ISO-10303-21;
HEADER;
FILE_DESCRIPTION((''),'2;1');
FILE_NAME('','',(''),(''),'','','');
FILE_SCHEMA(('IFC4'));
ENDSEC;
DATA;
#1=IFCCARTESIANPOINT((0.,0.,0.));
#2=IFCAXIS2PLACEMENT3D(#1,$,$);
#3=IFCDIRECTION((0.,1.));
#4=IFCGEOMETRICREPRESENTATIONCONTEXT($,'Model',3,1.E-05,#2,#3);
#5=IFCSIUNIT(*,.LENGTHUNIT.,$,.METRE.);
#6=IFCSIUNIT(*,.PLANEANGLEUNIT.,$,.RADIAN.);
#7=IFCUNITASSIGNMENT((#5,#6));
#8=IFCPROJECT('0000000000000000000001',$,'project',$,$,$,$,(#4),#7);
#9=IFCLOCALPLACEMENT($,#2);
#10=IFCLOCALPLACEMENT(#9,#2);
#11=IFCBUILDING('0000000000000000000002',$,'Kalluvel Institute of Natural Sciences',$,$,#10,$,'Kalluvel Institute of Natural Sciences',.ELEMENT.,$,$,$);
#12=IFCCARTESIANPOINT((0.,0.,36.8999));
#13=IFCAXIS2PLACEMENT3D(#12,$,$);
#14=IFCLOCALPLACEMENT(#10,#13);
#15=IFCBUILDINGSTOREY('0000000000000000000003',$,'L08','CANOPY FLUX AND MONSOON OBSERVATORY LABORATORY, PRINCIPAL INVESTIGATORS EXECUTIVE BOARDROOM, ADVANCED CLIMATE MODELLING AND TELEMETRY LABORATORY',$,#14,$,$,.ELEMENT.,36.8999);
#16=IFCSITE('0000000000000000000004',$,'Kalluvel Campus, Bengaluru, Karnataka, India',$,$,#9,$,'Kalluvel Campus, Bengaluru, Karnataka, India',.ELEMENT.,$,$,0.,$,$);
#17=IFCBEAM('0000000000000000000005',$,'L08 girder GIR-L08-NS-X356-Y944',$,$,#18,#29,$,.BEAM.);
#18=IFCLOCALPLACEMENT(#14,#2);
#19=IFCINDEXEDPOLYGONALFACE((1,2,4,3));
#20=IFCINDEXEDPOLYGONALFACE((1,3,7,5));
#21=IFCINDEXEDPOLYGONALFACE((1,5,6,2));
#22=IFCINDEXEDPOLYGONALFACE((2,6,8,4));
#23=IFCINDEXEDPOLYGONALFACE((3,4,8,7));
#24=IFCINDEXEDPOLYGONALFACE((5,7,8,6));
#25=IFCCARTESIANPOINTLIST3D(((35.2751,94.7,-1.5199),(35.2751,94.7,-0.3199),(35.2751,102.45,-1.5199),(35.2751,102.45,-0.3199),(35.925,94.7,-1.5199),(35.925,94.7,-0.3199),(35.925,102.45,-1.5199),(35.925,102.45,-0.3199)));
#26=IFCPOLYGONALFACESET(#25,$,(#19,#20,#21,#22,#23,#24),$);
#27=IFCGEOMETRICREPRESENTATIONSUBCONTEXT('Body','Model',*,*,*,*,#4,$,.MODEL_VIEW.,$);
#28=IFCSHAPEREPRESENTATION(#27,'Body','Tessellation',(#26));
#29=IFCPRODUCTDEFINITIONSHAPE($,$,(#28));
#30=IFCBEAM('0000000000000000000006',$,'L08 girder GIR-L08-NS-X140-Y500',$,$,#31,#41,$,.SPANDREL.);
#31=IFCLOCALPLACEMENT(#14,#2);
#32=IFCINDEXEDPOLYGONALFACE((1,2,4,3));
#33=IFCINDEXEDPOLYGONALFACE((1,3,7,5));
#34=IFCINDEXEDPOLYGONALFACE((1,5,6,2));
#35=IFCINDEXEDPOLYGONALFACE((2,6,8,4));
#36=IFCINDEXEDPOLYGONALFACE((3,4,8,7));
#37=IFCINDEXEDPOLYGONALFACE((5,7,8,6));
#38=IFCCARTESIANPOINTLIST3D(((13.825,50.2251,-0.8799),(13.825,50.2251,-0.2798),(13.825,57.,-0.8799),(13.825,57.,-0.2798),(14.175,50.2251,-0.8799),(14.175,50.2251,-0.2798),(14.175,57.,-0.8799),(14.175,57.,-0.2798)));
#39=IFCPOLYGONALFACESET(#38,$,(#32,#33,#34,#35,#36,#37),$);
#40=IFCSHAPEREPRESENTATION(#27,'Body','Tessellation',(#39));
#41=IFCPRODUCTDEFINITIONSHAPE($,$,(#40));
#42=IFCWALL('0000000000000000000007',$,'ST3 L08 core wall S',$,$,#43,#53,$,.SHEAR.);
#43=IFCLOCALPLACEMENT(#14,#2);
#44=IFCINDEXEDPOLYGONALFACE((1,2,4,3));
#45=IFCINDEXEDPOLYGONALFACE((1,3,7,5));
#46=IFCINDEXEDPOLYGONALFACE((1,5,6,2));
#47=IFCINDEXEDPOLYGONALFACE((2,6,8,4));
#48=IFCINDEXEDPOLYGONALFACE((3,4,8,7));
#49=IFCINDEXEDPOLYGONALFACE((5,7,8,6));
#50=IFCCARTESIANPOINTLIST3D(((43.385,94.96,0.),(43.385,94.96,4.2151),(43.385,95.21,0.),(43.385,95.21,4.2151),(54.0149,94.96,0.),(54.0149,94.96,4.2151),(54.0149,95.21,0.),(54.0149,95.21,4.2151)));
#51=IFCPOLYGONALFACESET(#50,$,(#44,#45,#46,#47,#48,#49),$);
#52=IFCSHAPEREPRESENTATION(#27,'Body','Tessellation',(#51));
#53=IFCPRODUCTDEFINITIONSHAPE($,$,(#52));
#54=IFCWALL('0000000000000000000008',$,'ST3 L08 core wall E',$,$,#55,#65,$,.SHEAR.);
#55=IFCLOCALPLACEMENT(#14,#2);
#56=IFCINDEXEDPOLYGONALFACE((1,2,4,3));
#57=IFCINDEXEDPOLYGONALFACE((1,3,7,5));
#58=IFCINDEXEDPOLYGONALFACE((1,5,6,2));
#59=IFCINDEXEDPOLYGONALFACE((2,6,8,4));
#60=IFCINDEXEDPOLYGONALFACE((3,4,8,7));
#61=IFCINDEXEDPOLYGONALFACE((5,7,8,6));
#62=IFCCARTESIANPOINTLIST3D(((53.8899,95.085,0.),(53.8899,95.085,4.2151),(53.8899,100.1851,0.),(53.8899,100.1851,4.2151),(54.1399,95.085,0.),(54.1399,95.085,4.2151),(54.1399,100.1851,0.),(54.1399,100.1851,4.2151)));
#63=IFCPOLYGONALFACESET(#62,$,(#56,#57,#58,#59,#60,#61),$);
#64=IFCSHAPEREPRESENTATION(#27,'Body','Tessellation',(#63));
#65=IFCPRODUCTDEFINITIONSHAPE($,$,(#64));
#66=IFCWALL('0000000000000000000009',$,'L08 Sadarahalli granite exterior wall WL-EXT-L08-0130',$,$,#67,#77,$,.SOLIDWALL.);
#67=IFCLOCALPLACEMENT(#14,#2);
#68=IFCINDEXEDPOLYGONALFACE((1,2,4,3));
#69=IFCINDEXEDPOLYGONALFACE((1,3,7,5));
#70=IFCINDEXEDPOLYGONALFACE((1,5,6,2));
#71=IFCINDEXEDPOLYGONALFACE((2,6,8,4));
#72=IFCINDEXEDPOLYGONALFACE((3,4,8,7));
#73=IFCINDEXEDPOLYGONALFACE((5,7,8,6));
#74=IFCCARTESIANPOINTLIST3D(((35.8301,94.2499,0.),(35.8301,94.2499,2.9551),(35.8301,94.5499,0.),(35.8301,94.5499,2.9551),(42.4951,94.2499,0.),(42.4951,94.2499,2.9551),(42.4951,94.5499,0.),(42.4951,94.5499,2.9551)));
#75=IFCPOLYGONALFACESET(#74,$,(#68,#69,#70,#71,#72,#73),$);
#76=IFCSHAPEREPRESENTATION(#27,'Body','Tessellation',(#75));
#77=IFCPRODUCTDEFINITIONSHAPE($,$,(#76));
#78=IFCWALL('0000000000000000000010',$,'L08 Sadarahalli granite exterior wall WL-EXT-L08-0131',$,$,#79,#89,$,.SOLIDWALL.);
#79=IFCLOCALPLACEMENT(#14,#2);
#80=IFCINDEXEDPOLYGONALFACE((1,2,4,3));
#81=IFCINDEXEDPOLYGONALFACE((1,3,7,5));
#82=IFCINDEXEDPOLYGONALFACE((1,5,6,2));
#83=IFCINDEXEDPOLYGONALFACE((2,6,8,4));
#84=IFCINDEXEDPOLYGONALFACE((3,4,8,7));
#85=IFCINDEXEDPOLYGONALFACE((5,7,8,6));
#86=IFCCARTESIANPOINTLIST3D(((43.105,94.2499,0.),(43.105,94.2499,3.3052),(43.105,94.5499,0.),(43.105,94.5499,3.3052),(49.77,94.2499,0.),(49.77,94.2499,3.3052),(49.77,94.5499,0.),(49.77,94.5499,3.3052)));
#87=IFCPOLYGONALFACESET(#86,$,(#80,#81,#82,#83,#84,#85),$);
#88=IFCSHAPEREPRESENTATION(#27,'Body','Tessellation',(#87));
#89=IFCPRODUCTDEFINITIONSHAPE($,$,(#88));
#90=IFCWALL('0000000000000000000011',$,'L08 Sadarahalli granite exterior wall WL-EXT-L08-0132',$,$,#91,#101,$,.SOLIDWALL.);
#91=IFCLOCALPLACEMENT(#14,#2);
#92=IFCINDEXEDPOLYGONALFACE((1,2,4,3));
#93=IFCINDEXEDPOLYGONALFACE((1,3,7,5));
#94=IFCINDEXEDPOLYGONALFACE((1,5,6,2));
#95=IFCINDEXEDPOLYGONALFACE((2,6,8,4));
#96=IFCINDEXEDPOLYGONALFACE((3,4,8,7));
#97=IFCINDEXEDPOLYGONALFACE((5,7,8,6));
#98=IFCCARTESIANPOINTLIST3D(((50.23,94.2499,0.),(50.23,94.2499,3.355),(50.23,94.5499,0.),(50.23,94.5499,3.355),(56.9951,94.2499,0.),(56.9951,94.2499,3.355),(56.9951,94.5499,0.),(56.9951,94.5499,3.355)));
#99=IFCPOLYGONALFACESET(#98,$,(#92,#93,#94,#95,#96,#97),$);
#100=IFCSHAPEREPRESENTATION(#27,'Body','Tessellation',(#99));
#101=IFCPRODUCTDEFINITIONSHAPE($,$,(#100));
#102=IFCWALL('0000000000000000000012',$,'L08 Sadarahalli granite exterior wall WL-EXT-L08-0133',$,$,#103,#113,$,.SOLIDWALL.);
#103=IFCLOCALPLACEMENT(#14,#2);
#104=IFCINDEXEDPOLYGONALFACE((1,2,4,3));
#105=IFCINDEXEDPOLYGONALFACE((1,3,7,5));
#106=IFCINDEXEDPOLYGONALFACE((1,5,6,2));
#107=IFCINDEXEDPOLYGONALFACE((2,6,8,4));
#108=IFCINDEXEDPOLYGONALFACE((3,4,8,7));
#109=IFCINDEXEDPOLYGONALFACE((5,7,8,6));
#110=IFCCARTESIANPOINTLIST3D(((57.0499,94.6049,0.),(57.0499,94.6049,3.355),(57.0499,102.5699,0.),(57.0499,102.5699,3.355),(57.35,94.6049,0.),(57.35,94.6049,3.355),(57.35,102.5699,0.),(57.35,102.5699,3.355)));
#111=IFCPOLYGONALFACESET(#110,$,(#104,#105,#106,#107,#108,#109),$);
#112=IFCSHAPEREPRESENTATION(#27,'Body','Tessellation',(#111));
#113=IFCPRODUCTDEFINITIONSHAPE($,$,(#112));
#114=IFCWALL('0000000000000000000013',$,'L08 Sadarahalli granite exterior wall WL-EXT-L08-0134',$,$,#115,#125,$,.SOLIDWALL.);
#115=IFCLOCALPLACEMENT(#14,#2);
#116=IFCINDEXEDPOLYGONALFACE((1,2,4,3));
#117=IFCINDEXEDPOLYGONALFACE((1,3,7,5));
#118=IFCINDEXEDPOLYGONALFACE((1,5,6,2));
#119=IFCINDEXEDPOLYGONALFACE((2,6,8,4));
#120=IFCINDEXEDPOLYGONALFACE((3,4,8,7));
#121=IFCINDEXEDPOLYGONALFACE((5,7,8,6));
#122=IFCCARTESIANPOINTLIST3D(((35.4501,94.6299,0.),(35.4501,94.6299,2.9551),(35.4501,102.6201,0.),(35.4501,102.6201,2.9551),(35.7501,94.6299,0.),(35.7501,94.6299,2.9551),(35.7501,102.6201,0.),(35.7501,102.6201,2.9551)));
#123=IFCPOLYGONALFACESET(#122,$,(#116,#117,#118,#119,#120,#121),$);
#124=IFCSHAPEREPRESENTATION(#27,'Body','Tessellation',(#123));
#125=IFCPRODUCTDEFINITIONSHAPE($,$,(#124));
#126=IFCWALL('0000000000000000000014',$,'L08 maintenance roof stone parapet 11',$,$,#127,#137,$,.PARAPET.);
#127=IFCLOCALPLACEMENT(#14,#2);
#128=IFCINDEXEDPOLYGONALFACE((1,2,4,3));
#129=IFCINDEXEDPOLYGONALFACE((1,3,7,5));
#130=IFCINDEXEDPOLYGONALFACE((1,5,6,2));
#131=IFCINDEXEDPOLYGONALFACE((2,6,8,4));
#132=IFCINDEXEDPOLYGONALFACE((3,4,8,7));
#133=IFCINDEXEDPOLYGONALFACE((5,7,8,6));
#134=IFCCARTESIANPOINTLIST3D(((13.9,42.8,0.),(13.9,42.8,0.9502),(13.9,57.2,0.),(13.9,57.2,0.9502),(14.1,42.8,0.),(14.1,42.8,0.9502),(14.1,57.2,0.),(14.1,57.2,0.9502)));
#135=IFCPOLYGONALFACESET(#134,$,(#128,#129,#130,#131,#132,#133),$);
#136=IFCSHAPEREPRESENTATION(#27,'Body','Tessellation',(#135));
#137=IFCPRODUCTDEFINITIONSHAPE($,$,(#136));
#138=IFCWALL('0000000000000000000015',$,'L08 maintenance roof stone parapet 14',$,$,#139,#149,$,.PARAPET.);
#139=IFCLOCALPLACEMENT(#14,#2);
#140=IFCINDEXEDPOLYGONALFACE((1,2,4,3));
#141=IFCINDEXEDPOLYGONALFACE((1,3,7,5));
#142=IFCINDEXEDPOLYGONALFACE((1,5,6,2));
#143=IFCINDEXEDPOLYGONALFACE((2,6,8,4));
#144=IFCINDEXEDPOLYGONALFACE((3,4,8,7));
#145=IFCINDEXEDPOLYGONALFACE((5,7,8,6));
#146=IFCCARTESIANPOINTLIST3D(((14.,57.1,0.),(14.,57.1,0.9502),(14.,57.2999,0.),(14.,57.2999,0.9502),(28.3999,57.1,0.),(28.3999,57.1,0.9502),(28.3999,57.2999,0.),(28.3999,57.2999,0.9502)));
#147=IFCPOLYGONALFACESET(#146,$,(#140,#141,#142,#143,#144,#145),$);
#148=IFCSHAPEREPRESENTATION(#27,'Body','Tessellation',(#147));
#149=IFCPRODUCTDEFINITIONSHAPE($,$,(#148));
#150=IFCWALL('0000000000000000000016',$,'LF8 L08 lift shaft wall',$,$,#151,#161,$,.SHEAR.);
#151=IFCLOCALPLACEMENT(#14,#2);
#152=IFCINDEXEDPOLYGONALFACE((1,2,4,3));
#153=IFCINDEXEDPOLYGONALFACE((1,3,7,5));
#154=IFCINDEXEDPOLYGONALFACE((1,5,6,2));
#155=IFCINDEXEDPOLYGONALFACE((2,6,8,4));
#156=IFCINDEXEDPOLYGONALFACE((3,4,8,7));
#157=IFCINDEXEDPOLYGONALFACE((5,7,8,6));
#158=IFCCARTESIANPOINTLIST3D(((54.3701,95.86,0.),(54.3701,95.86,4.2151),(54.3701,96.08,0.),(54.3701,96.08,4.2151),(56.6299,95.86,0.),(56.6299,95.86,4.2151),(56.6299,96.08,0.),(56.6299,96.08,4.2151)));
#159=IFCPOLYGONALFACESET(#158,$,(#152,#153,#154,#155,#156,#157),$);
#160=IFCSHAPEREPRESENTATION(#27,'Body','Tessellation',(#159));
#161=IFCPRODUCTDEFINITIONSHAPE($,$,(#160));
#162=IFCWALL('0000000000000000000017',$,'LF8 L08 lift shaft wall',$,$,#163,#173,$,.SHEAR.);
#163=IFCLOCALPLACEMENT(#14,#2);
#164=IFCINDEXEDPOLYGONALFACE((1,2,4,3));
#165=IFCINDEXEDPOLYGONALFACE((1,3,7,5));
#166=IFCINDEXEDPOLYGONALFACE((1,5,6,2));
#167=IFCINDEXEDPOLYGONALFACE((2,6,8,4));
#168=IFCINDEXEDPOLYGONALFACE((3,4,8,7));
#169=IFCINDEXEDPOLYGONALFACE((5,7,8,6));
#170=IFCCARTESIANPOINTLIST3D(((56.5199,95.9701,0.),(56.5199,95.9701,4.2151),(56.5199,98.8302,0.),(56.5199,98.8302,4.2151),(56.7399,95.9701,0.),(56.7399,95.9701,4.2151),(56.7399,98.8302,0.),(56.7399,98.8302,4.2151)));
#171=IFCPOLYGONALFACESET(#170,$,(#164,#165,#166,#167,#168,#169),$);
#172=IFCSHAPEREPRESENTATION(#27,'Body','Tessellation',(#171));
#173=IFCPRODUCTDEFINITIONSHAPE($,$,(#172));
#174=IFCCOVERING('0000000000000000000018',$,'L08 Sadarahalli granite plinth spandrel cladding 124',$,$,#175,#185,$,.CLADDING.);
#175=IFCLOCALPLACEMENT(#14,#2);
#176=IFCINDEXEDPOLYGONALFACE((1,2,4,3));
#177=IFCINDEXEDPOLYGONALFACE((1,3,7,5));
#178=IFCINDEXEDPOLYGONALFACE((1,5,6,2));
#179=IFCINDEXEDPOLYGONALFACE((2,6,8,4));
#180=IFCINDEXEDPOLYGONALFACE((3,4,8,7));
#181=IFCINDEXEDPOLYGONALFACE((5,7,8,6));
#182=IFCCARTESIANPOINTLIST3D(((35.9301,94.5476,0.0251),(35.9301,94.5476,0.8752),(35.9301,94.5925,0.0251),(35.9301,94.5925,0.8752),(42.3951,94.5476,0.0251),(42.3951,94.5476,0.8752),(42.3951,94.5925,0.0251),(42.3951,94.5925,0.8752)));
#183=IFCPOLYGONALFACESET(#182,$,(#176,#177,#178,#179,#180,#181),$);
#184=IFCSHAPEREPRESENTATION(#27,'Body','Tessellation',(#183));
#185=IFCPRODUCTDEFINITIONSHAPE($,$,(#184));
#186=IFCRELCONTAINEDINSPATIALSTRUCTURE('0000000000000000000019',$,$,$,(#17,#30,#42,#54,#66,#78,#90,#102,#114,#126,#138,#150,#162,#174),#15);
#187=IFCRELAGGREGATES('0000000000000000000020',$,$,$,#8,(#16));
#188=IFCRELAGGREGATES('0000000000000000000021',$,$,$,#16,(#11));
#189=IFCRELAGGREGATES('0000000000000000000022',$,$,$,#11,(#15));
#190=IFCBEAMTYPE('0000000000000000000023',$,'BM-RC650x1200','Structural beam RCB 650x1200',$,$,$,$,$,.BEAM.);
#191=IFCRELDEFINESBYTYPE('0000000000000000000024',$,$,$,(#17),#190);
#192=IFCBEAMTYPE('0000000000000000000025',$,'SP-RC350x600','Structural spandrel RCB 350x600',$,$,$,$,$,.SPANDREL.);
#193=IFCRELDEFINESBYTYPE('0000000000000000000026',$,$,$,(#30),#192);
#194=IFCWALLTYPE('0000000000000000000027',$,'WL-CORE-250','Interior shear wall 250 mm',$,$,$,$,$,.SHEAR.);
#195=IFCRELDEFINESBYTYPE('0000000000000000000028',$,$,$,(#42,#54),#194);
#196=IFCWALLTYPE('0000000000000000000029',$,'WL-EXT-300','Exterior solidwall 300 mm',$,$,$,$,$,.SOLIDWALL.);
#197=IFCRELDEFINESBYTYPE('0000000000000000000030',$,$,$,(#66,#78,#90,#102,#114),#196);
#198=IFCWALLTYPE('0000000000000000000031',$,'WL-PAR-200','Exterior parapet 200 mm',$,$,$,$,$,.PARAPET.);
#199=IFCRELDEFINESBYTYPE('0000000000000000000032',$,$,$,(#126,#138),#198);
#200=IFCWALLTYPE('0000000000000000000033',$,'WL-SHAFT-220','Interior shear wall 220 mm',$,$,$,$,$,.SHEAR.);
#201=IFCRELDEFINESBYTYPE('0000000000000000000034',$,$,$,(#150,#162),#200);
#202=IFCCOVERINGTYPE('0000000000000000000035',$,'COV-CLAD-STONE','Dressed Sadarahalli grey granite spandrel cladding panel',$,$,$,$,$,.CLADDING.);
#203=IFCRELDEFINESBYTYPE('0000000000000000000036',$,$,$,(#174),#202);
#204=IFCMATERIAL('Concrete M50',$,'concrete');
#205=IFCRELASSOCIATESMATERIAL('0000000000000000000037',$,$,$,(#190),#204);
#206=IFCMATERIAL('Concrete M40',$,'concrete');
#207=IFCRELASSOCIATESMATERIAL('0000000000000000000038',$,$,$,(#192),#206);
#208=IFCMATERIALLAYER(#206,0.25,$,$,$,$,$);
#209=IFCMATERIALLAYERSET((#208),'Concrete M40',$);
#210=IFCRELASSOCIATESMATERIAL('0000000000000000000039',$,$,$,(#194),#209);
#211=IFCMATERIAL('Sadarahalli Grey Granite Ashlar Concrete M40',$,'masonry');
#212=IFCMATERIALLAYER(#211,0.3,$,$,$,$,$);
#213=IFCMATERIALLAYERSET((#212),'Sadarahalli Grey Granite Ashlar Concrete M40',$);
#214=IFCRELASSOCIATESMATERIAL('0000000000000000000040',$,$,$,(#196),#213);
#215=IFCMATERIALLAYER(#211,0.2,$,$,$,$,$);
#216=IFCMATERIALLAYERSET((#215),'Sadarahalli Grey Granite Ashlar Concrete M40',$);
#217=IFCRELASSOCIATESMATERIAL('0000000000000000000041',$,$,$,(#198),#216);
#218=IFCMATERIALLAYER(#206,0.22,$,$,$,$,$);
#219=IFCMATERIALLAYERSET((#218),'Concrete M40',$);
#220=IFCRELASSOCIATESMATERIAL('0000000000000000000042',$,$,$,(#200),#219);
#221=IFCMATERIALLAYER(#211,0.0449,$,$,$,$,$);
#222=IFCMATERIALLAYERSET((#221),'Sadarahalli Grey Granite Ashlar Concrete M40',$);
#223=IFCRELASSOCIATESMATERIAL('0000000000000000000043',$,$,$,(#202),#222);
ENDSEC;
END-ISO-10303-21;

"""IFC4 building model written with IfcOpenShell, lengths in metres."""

from ifc_helpers import new_model, si_unit, direction, frame, frame_2d, origin, origin_2d, place, context, subcontext, project, spatial, rectangle, extrude, material, layer, layer_set, material_profile, profile_set, type_object, element, save


model = new_model("IFC4")

# Units and contexts
model_context = context("Model", 3, precision=1e-05, world=origin(), true_north=direction((0.0, 1.0)))
body_context = subcontext(model_context, "Body", "Model", "MODEL_VIEW")
ifc_project = project(units=[si_unit("LENGTHUNIT", "METRE"), si_unit("PLANEANGLEUNIT", "RADIAN")], contexts=[model_context])

# Site, building, storey
site_placement = place(None, origin())
site = spatial("IfcSite", under=ifc_project, at=site_placement, Name="Kalluvel Campus, Bengaluru, Karnataka, India", LongName="Kalluvel Campus, Bengaluru, Karnataka, India", CompositionType="ELEMENT", RefElevation=0.0)
building_placement = place(site_placement, origin())
building = spatial("IfcBuilding", under=site, at=building_placement, Name="Kalluvel Institute of Natural Sciences", LongName="Kalluvel Institute of Natural Sciences", CompositionType="ELEMENT")
storey_placement = place(building_placement, frame((0.0, 0.0, 36.8999)))
storey = spatial("IfcBuildingStorey", under=building, at=storey_placement, Name="L08", Description="CANOPY FLUX AND MONSOON OBSERVATORY LABORATORY, PRINCIPAL INVESTIGATORS EXECUTIVE BOARDROOM, ADVANCED CLIMATE MODELLING AND TELEMETRY LABORATORY", CompositionType="ELEMENT", Elevation=36.8999)

# Shared definitions
ifc_material_1 = material(Name="Concrete M40", Category="concrete")

# Beams
ifc_material_2 = material(Name="Concrete M50", Category="concrete")
ifc_material_profile_1 = material_profile(ifc_material_2, rectangle(XDim=0.6499, YDim=1.2, at=origin_2d()), Name="RCB 650x1200")
ifc_profile_set_1 = profile_set([ifc_material_profile_1], Name="Concrete M50")
beam_type_1 = type_object("IfcBeamType", Name="BM-RC650x1200", Description="Structural beam RCB 650x1200", PredefinedType="BEAM", material=ifc_profile_set_1)
beam_1_placement = place(storey_placement, frame((35.6001, 94.7, -0.9199), z_axis=(0.0, 1.0, 0.0), x_axis=(-1.0, 0.0, 0.0)))
element("IfcBeam", 1, at=beam_1_placement, inside=storey, type_object=beam_type_1, Name="L08 girder GIR-L08-NS-X356-Y944", PredefinedType="BEAM", context=body_context, shape_type="SweptSolid", body=[
    extrude(rectangle(XDim=0.6499, YDim=1.2, at=origin_2d()), origin(), (0.0, 0.0, 1.0), 7.75),
])
ifc_material_profile_2 = material_profile(ifc_material_1, rectangle(XDim=0.3501, YDim=0.6001, at=origin_2d()), Name="RCB 350x600")
ifc_profile_set_2 = profile_set([ifc_material_profile_2], Name="Concrete M40")
beam_type_2 = type_object("IfcBeamType", Name="SP-RC350x600", Description="Structural spandrel RCB 350x600", PredefinedType="SPANDREL", material=ifc_profile_set_2)
beam_2_placement = place(storey_placement, frame((14.0, 50.2251, -0.5798), z_axis=(0.0, 1.0, 0.0), x_axis=(-1.0, 0.0, 0.0)))
element("IfcBeam", 2, at=beam_2_placement, inside=storey, type_object=beam_type_2, Name="L08 girder GIR-L08-NS-X140-Y500", PredefinedType="SPANDREL", context=body_context, shape_type="SweptSolid", body=[
    extrude(rectangle(XDim=0.3501, YDim=0.6001, at=origin_2d()), origin(), (0.0, 0.0, 1.0), 6.7749),
])

# Walls
ifc_layer_1 = layer(ifc_material_1, 0.25)
ifc_layer_set_1 = layer_set([ifc_layer_1], Name="Concrete M40")
wall_type_1 = type_object("IfcWallType", Name="WL-CORE-250", Description="Interior shear wall 250 mm", PredefinedType="SHEAR", material=ifc_layer_set_1)
wall_1_placement = place(storey_placement, frame((43.385, 95.085, 0.0), z_axis=(0.0, 0.0, 1.0), x_axis=(1.0, 0.0, 0.0)))
element("IfcWall", 3, at=wall_1_placement, inside=storey, type_object=wall_type_1, Name="ST3 L08 core wall S", PredefinedType="SHEAR", context=body_context, shape_type="SweptSolid", body=[
    extrude(rectangle(XDim=10.6299, YDim=0.25, at=frame_2d((5.3149, 0.0))), origin(), (0.0, 0.0, 1.0), 4.2151),
])
wall_2_placement = place(storey_placement, frame((54.0149, 95.085, 0.0), z_axis=(0.0, 0.0, 1.0), x_axis=(0.0, 1.0, 0.0)))
element("IfcWall", 4, at=wall_2_placement, inside=storey, type_object=wall_type_1, Name="ST3 L08 core wall E", PredefinedType="SHEAR", context=body_context, shape_type="SweptSolid", body=[
    extrude(rectangle(XDim=5.1001, YDim=0.25, at=frame_2d((2.55, 0.0))), origin(), (0.0, 0.0, 1.0), 4.2151),
])
ifc_material_3 = material(Name="Sadarahalli Grey Granite Ashlar Concrete M40", Category="masonry")
ifc_layer_2 = layer(ifc_material_3, 0.3)
ifc_layer_set_2 = layer_set([ifc_layer_2], Name="Sadarahalli Grey Granite Ashlar Concrete M40")
wall_type_2 = type_object("IfcWallType", Name="WL-EXT-300", Description="Exterior solidwall 300 mm", PredefinedType="SOLIDWALL", material=ifc_layer_set_2)
wall_3_placement = place(storey_placement, frame((35.8301, 94.3999, 0.0), z_axis=(0.0, 0.0, 1.0), x_axis=(1.0, 0.0, 0.0)))
element("IfcWall", 5, at=wall_3_placement, inside=storey, type_object=wall_type_2, Name="L08 Sadarahalli granite exterior wall WL-EXT-L08-0130", PredefinedType="SOLIDWALL", context=body_context, shape_type="SweptSolid", body=[
    extrude(rectangle(XDim=6.665, YDim=0.3, at=frame_2d((3.3325, 0.0))), origin(), (0.0, 0.0, 1.0), 2.9551),
])
wall_4_placement = place(storey_placement, frame((43.105, 94.3999, 0.0), z_axis=(0.0, 0.0, 1.0), x_axis=(1.0, 0.0, 0.0)))
element("IfcWall", 6, at=wall_4_placement, inside=storey, type_object=wall_type_2, Name="L08 Sadarahalli granite exterior wall WL-EXT-L08-0131", PredefinedType="SOLIDWALL", context=body_context, shape_type="SweptSolid", body=[
    extrude(rectangle(XDim=6.665, YDim=0.3, at=frame_2d((3.3325, 0.0))), origin(), (0.0, 0.0, 1.0), 3.3052),
])
wall_5_placement = place(storey_placement, frame((50.23, 94.3999, 0.0), z_axis=(0.0, 0.0, 1.0), x_axis=(1.0, 0.0, 0.0)))
element("IfcWall", 7, at=wall_5_placement, inside=storey, type_object=wall_type_2, Name="L08 Sadarahalli granite exterior wall WL-EXT-L08-0132", PredefinedType="SOLIDWALL", context=body_context, shape_type="SweptSolid", body=[
    extrude(rectangle(XDim=6.7651, YDim=0.3, at=frame_2d((3.3826, 0.0))), origin(), (0.0, 0.0, 1.0), 3.355),
])
wall_6_placement = place(storey_placement, frame((57.2, 94.605, 0.0), z_axis=(0.0, 0.0, 1.0), x_axis=(0.0, 1.0, 0.0)))
element("IfcWall", 8, at=wall_6_placement, inside=storey, type_object=wall_type_2, Name="L08 Sadarahalli granite exterior wall WL-EXT-L08-0133", PredefinedType="SOLIDWALL", context=body_context, shape_type="SweptSolid", body=[
    extrude(rectangle(XDim=7.9651, YDim=0.3, at=frame_2d((3.9824, 0.0))), origin(), (0.0, 0.0, 1.0), 3.355),
])
wall_7_placement = place(storey_placement, frame((35.6001, 94.6299, 0.0), z_axis=(0.0, 0.0, 1.0), x_axis=(0.0, 1.0, 0.0)))
element("IfcWall", 9, at=wall_7_placement, inside=storey, type_object=wall_type_2, Name="L08 Sadarahalli granite exterior wall WL-EXT-L08-0134", PredefinedType="SOLIDWALL", context=body_context, shape_type="SweptSolid", body=[
    extrude(rectangle(XDim=7.9902, YDim=0.3, at=frame_2d((3.9951, 0.0))), origin(), (0.0, 0.0, 1.0), 2.9551),
])
ifc_layer_3 = layer(ifc_material_3, 0.2)
ifc_layer_set_3 = layer_set([ifc_layer_3], Name="Sadarahalli Grey Granite Ashlar Concrete M40")
wall_type_3 = type_object("IfcWallType", Name="WL-PAR-200", Description="Exterior parapet 200 mm", PredefinedType="PARAPET", material=ifc_layer_set_3)
for number, where, z_axis, x_axis, name in (
    (10, (14.0, 57.2, 0.0), (0.0, 0.0, 1.0), (0.0, -1.0, 0.0), "L08 maintenance roof stone parapet 11"),
    (11, (28.3999, 57.2, 0.0), (0.0, 0.0, 1.0), (-1.0, 0.0, 0.0), "L08 maintenance roof stone parapet 14"),
):
    element("IfcWall", number, at=place(storey_placement, frame(where, z_axis=z_axis, x_axis=x_axis)), inside=storey, type_object=wall_type_3, Name=name, PredefinedType="PARAPET", context=body_context, shape_type="SweptSolid", body=[
        extrude(rectangle(XDim=14.3999, YDim=0.2, at=frame_2d((7.2, 0.0))), origin(), (0.0, 0.0, 1.0), 0.9502),
    ])
ifc_layer_4 = layer(ifc_material_1, 0.22)
ifc_layer_set_4 = layer_set([ifc_layer_4], Name="Concrete M40")
wall_type_4 = type_object("IfcWallType", Name="WL-SHAFT-220", Description="Interior shear wall 220 mm", PredefinedType="SHEAR", material=ifc_layer_set_4)
wall_8_placement = place(storey_placement, frame((54.3701, 95.97, 0.0), z_axis=(0.0, 0.0, 1.0), x_axis=(1.0, 0.0, 0.0)))
element("IfcWall", 12, at=wall_8_placement, inside=storey, type_object=wall_type_4, Name="LF8 L08 lift shaft wall", PredefinedType="SHEAR", context=body_context, shape_type="SweptSolid", body=[
    extrude(rectangle(XDim=2.2598, YDim=0.22, at=frame_2d((1.1299, 0.0))), origin(), (0.0, 0.0, 1.0), 4.2151),
])
wall_9_placement = place(storey_placement, frame((56.6299, 95.97, 0.0), z_axis=(0.0, 0.0, 1.0), x_axis=(0.0, 1.0, 0.0)))
element("IfcWall", 13, at=wall_9_placement, inside=storey, type_object=wall_type_4, Name="LF8 L08 lift shaft wall", PredefinedType="SHEAR", context=body_context, shape_type="SweptSolid", body=[
    extrude(rectangle(XDim=2.8601, YDim=0.22, at=frame_2d((1.4302, 0.0))), origin(), (0.0, 0.0, 1.0), 4.2151),
])

# Covering
ifc_layer_5 = layer(ifc_material_3, 0.0449)
ifc_layer_set_5 = layer_set([ifc_layer_5], Name="Sadarahalli Grey Granite Ashlar Concrete M40")
covering_type = type_object("IfcCoveringType", Name="COV-CLAD-STONE", Description="Dressed Sadarahalli grey granite spandrel cladding panel", PredefinedType="CLADDING", material=ifc_layer_set_5)
for number, where, z_axis, x_axis, name in (
    (14, (39.1626, 94.5701, 0.0251), (0.0, 0.0, 1.0), (1.0, 0.0, 0.0), "L08 Sadarahalli granite plinth spandrel cladding 124"),
):
    element("IfcCovering", number, at=place(storey_placement, frame(where, z_axis=z_axis, x_axis=x_axis)), inside=storey, type_object=covering_type, Name=name, PredefinedType="CLADDING", context=body_context, shape_type="SweptSolid", body=[
        extrude(rectangle(XDim=6.4651, YDim=0.0449, at=origin_2d()), origin(), (0.0, 0.0, 1.0), 0.8501),
    ])

save(model, "model.ifc")
